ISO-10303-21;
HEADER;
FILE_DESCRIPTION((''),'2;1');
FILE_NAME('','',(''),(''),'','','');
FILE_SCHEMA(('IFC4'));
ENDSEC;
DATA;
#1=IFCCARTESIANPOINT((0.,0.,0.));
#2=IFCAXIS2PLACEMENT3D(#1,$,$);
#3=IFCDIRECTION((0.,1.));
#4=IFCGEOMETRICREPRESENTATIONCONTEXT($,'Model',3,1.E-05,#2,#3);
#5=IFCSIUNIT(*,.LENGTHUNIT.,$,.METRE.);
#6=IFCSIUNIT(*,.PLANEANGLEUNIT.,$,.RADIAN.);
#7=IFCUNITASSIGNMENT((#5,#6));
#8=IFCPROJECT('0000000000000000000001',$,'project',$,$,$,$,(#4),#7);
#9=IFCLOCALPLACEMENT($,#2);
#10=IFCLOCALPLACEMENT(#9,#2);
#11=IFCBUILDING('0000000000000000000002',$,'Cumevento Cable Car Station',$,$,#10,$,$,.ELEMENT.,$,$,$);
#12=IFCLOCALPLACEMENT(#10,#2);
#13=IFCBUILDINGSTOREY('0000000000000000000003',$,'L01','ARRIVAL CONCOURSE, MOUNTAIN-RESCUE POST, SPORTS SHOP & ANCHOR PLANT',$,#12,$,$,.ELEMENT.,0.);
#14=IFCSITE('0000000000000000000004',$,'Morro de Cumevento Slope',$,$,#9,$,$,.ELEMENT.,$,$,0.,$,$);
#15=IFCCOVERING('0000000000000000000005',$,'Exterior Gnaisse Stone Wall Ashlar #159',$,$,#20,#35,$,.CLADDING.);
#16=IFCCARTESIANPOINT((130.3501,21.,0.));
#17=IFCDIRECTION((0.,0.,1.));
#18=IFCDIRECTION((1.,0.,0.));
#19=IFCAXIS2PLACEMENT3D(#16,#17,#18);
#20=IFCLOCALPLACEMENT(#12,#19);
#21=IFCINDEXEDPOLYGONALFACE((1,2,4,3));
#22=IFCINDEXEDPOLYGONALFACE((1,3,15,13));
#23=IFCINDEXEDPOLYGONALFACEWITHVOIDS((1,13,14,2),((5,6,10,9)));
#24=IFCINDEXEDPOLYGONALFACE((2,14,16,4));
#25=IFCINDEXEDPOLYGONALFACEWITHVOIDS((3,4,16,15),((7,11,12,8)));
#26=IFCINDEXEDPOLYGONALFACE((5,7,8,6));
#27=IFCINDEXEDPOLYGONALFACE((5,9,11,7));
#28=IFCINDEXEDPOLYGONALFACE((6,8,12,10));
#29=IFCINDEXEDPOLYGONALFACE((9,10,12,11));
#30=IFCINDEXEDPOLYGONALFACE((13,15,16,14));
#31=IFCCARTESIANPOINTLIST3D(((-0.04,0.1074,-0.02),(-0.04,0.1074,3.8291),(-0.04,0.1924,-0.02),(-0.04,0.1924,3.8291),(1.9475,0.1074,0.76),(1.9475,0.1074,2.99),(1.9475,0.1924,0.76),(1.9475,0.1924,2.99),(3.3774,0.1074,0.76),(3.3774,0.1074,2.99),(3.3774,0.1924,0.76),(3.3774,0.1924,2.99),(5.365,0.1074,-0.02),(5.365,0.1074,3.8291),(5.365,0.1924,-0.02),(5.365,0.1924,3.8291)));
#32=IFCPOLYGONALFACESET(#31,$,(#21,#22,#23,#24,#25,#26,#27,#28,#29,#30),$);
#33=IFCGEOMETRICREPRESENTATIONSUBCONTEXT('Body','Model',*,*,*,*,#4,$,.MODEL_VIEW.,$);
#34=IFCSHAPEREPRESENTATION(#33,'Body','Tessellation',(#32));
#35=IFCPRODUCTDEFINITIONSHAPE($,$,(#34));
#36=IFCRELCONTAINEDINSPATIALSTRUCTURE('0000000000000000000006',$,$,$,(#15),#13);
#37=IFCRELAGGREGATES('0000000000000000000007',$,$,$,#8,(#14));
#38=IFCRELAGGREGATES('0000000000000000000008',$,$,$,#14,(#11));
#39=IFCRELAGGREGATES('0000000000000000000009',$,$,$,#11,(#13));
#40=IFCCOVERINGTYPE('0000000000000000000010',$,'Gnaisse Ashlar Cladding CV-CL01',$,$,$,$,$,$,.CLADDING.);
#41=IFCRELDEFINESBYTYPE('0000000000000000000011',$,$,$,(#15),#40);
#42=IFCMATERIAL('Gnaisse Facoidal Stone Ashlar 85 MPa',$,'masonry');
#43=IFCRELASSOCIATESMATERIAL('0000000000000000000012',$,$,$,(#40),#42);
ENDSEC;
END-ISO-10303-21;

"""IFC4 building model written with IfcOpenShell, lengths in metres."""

from ifc_helpers import new_model, si_unit, direction, frame, origin, place, context, subcontext, project, spatial, polyline, outline, extrude, material, type_object, element, save


model = new_model("IFC4")

# Units and contexts
model_context = context("Model", 3, precision=1e-05, world=origin(), true_north=direction((0.0, 1.0)))
body_context = subcontext(model_context, "Body", "Model", "MODEL_VIEW")
ifc_project = project(units=[si_unit("LENGTHUNIT", "METRE"), si_unit("PLANEANGLEUNIT", "RADIAN")], contexts=[model_context])

# Site, building, storey
site_placement = place(None, origin())
site = spatial("IfcSite", under=ifc_project, at=site_placement, Name="Morro de Cumevento Slope", CompositionType="ELEMENT", RefElevation=0.0)
building_placement = place(site_placement, origin())
building = spatial("IfcBuilding", under=site, at=building_placement, Name="Cumevento Cable Car Station", CompositionType="ELEMENT")
storey_placement = place(building_placement, origin())
storey = spatial("IfcBuildingStorey", under=building, at=storey_placement, Name="L01", Description="ARRIVAL CONCOURSE, MOUNTAIN-RESCUE POST, SPORTS SHOP & ANCHOR PLANT", CompositionType="ELEMENT", Elevation=0.0)

# Covering
ifc_material_1 = material(Name="Gnaisse Facoidal Stone Ashlar 85 MPa", Category="masonry")
covering_type = type_object("IfcCoveringType", Name="Gnaisse Ashlar Cladding CV-CL01", PredefinedType="CLADDING", material=ifc_material_1)
covering_1_placement = place(storey_placement, frame((130.3501, 21.0, 0.0), z_axis=(0.0, 0.0, 1.0), x_axis=(1.0, 0.0, 0.0)))
element("IfcCovering", 1, at=covering_1_placement, inside=storey, type_object=covering_type, Name="Exterior Gnaisse Stone Wall Ashlar #159", PredefinedType="CLADDING", context=body_context, shape_type="SweptSolid", body=[
    extrude(outline(polyline([(-0.04, -0.02), (5.365, -0.02), (5.365, 3.8291), (-0.04, 3.8291), (-0.04, -0.02)]), holes=[polyline([(1.9475, 0.76), (3.3774, 0.76), (3.3774, 2.99), (1.9475, 2.99), (1.9475, 0.76)])]), frame((0.0, 0.1924, 0.0), z_axis=(0.0, -1.0, 0.0), x_axis=(1.0, 0.0, 0.0)), (0.0, 0.0, 1.0), 0.085),
])

save(model, "model.ifc")
